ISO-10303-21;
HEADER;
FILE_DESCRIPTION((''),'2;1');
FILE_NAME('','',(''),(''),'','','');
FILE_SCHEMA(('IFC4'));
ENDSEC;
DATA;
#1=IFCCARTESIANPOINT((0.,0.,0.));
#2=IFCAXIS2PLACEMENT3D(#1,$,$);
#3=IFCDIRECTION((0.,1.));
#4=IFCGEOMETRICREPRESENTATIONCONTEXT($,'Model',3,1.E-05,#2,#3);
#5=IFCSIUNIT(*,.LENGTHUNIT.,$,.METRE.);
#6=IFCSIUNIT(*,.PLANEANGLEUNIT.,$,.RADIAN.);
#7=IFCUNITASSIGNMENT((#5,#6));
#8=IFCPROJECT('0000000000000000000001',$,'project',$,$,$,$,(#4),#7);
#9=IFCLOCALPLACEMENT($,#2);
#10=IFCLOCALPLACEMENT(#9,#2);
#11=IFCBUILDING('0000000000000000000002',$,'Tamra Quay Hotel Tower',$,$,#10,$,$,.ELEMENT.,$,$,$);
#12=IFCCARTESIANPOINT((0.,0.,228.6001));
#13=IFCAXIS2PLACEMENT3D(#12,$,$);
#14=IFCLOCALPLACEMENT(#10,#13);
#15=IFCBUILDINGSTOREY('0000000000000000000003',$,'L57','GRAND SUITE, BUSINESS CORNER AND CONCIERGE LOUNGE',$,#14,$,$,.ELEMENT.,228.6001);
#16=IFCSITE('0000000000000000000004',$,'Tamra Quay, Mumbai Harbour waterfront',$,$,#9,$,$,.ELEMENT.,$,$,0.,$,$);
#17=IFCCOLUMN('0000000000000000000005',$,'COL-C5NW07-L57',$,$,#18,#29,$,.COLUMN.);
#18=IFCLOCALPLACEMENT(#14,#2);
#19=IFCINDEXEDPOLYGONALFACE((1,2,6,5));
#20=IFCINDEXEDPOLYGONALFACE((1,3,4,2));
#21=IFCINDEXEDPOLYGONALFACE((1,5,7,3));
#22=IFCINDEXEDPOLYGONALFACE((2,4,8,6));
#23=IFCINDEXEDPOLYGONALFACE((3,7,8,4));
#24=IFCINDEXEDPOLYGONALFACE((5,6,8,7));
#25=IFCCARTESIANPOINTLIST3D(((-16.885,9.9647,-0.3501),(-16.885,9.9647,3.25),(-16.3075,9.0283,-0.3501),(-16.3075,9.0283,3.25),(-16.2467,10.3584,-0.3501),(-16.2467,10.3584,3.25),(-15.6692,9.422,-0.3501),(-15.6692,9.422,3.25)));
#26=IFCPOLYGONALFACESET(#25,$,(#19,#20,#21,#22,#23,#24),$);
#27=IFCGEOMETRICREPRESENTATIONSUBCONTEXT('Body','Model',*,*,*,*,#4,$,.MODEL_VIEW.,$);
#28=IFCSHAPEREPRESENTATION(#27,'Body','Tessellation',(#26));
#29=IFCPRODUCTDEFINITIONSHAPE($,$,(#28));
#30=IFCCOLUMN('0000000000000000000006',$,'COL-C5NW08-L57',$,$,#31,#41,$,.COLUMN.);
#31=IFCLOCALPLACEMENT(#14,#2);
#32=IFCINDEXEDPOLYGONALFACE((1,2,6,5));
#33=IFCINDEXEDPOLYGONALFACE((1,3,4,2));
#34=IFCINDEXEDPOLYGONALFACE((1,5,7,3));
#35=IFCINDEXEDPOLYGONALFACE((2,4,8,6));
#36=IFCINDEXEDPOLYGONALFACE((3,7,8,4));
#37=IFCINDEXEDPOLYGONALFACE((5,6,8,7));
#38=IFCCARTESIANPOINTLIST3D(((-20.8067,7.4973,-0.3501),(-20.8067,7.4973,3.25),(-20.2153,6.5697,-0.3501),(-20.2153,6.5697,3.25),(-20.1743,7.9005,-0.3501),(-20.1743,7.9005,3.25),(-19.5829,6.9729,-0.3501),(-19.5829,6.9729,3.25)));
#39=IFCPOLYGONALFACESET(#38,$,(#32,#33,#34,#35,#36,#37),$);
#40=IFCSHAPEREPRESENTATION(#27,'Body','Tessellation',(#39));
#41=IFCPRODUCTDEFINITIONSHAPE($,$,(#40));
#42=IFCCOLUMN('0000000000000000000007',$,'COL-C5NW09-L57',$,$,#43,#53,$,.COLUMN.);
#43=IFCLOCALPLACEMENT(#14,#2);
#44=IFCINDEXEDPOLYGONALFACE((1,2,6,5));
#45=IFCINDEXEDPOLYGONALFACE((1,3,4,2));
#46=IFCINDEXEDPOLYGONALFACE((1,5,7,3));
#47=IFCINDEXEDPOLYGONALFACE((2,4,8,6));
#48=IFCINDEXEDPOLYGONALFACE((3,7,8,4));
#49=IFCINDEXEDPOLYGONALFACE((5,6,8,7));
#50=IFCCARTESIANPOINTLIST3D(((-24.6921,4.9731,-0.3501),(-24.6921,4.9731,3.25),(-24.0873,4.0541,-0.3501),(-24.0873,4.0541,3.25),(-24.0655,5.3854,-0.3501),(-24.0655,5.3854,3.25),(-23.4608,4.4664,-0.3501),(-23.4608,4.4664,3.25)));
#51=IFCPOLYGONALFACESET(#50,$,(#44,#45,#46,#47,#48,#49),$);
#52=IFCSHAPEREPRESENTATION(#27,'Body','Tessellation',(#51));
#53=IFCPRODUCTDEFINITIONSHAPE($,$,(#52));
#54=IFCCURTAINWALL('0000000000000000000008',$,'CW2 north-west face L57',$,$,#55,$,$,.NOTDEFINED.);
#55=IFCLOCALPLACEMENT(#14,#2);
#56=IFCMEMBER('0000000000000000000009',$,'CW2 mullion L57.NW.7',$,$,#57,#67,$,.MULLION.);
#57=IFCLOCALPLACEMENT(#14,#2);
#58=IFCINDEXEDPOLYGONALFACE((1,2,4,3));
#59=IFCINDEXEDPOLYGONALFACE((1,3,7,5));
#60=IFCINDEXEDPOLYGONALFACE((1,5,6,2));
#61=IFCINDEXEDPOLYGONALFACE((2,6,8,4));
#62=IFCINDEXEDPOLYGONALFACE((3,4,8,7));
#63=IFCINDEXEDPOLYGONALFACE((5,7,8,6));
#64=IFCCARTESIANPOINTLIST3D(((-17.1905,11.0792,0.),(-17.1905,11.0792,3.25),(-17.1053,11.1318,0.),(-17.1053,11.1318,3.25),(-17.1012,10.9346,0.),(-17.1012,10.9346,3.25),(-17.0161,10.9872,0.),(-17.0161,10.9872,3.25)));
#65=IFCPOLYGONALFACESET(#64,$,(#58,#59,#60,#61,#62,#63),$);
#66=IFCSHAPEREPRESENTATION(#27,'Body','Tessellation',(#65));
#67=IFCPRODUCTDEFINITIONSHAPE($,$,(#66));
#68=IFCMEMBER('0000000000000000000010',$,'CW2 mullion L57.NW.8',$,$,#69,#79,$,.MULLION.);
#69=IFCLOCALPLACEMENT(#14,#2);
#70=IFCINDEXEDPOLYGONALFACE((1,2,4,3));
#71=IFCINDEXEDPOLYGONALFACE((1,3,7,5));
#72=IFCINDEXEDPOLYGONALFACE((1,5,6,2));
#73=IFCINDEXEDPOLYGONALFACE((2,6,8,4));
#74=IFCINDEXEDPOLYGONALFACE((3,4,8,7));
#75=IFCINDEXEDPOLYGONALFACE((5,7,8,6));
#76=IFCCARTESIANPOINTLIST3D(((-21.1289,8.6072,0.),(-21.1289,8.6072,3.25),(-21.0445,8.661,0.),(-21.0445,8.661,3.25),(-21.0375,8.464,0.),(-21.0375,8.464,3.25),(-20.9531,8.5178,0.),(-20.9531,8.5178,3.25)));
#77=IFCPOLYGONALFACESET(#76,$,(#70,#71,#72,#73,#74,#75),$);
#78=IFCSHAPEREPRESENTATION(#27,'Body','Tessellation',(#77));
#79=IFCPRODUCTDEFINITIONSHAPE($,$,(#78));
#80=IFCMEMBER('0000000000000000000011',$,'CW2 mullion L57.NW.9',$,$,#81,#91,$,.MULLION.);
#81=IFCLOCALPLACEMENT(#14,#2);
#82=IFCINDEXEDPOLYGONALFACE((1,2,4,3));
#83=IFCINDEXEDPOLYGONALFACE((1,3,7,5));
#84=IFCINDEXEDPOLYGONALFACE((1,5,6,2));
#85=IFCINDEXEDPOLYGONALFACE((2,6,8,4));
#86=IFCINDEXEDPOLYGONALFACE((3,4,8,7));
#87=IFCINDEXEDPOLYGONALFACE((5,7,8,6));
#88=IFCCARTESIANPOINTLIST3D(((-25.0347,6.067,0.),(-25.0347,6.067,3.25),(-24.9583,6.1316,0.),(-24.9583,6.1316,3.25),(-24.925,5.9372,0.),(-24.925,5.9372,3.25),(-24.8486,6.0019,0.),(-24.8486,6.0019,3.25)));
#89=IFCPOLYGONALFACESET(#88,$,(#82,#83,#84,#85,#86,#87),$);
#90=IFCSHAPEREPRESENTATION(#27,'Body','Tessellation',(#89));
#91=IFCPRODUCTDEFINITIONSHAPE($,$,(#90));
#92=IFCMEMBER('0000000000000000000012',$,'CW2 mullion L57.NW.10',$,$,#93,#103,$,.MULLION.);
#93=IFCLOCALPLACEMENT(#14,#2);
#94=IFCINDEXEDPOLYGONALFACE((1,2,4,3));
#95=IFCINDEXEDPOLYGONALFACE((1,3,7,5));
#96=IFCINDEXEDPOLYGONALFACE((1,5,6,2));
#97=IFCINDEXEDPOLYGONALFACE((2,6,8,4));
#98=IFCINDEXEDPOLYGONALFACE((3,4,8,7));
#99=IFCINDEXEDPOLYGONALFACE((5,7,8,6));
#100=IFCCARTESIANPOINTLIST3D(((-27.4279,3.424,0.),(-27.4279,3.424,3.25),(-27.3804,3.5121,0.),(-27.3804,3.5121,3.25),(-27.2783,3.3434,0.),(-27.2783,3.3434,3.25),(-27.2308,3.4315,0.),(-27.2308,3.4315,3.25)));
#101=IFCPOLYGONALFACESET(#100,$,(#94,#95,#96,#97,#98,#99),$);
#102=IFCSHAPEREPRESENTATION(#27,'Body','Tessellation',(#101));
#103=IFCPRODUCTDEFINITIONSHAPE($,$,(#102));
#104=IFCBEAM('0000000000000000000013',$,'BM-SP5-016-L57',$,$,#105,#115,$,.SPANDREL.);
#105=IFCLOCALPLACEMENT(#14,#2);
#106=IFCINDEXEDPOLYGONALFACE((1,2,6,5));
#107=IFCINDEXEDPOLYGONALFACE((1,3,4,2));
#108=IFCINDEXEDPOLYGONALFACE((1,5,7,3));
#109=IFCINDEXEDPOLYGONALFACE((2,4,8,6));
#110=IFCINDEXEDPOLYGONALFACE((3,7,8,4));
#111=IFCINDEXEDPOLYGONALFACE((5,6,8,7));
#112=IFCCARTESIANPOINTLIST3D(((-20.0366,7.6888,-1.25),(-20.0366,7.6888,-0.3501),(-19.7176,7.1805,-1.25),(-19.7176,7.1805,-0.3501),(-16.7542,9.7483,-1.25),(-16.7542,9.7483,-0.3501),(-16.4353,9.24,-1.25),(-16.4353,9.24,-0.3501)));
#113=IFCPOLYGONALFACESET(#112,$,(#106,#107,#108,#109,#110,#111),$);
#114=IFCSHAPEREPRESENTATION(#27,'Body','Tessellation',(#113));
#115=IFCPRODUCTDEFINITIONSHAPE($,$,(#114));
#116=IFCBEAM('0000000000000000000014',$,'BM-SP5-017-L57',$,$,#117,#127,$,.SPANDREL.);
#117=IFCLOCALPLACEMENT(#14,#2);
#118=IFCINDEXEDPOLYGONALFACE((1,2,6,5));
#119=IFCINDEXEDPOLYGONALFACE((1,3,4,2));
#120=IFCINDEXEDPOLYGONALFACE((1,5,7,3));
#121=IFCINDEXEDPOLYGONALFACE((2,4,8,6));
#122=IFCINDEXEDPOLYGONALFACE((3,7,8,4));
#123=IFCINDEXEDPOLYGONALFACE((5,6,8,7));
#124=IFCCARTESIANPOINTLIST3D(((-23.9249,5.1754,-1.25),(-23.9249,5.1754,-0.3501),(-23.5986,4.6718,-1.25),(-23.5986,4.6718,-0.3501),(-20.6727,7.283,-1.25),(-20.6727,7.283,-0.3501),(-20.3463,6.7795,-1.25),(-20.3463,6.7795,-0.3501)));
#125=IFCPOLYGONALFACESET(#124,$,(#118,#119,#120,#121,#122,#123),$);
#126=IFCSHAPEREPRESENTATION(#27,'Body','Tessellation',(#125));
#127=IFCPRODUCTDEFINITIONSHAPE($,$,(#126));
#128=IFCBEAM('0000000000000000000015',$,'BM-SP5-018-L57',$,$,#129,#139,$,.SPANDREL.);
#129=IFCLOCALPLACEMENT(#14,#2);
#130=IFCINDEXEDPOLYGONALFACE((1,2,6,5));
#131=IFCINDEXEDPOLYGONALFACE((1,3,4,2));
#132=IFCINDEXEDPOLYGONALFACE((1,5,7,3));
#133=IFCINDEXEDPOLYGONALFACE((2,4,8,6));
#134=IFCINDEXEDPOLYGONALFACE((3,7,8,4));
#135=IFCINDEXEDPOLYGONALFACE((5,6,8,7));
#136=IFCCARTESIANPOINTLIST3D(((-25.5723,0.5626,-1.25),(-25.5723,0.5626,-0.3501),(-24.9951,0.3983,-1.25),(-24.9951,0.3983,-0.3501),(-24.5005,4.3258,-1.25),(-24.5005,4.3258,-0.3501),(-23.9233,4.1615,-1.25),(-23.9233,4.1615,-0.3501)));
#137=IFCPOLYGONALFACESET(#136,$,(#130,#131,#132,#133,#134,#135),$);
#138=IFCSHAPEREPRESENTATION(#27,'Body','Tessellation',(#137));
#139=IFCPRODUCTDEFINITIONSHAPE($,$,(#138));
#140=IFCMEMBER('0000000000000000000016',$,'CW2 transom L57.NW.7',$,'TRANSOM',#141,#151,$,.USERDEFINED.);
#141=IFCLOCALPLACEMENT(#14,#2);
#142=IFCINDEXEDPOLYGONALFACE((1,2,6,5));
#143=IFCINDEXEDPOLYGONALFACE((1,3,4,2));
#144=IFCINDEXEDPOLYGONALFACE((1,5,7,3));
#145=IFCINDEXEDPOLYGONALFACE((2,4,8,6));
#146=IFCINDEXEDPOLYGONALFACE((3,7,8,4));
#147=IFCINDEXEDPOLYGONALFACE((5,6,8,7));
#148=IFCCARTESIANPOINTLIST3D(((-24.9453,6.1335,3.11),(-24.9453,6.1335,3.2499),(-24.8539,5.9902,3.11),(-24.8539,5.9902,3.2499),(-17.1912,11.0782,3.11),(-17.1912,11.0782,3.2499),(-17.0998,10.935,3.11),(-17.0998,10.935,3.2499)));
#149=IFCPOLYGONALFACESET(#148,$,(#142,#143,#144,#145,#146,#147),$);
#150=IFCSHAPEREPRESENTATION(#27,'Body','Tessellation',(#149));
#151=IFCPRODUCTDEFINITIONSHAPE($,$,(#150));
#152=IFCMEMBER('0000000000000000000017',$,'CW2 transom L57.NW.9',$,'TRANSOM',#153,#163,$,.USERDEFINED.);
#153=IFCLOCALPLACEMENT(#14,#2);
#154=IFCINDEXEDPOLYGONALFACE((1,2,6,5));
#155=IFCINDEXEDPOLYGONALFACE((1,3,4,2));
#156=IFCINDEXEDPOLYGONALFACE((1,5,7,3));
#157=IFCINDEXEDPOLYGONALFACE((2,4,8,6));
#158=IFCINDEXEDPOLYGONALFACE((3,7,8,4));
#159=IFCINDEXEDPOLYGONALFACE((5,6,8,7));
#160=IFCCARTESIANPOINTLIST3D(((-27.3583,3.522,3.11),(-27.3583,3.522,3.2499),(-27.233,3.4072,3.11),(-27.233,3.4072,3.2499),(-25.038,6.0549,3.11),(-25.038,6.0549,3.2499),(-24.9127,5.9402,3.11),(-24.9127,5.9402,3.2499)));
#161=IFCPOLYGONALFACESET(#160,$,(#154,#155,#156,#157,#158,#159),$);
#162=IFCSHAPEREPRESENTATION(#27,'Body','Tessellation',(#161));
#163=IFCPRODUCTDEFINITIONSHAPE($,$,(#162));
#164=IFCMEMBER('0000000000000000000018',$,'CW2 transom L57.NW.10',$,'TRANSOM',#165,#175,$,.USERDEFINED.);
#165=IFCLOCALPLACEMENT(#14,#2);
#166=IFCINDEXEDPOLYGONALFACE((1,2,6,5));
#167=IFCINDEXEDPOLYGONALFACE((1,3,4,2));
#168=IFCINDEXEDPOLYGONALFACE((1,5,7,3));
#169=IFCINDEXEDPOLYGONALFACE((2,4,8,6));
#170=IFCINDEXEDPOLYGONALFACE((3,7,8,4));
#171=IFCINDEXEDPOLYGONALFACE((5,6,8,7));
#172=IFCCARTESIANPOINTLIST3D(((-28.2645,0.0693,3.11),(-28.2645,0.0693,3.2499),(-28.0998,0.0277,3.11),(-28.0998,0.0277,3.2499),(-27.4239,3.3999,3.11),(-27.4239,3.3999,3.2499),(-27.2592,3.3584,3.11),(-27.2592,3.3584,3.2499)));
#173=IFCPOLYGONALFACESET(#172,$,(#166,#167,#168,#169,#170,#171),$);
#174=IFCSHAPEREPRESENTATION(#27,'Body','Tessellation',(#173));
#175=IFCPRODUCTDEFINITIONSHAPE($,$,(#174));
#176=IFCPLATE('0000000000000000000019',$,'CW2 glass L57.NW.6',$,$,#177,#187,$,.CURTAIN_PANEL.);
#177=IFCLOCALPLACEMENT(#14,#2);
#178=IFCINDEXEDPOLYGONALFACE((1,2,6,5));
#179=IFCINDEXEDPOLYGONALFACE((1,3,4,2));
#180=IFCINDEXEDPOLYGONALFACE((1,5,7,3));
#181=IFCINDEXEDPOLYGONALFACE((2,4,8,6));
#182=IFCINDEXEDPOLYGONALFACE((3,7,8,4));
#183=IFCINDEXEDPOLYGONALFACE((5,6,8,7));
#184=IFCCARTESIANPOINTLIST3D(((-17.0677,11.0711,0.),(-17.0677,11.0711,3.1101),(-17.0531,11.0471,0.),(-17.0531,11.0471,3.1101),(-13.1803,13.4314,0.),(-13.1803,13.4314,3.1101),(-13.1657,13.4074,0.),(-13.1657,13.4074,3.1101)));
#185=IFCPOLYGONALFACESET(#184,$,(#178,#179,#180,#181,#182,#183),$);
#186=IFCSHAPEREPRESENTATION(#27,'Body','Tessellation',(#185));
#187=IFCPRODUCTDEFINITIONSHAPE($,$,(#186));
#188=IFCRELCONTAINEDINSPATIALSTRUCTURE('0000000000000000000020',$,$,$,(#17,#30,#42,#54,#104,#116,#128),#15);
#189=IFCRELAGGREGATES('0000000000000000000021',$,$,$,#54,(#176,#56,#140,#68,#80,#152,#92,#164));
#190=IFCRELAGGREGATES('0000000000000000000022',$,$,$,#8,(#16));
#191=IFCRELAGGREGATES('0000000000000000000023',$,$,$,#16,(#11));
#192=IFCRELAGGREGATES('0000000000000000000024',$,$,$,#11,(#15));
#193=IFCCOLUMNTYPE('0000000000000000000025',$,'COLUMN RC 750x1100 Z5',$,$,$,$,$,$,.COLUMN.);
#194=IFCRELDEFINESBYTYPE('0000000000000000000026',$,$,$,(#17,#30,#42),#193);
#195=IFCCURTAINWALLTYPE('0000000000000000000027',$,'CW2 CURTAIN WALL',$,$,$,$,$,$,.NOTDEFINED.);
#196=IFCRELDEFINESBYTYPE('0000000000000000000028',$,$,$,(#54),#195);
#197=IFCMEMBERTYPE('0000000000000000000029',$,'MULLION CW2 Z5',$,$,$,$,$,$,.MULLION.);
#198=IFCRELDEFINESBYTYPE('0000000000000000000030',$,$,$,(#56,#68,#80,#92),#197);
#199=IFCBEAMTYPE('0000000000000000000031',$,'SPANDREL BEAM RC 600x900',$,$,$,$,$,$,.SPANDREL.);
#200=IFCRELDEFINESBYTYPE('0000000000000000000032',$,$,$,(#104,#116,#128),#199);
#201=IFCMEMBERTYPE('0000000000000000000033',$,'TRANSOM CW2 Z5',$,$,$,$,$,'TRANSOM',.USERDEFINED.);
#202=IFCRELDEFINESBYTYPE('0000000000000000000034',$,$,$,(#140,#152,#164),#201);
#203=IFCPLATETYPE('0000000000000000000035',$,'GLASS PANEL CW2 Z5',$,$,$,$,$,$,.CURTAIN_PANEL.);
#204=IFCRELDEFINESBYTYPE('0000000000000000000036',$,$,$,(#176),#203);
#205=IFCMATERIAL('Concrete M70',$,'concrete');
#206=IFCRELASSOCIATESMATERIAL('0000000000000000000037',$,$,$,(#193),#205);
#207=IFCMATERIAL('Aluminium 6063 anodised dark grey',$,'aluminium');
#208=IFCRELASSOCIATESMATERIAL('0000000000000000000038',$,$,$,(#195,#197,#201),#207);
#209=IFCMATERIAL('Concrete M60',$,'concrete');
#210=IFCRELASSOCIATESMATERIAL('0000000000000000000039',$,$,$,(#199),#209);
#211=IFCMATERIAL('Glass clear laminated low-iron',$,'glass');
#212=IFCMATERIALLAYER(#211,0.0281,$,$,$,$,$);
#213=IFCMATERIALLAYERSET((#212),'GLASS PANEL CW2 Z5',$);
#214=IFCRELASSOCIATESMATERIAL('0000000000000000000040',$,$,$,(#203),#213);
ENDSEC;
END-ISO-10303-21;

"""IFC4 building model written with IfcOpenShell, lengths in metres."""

from ifc_helpers import new_model, si_unit, direction, frame, origin, origin_2d, place, context, subcontext, project, spatial, rectangle, extrude, material, layer, layer_set, material_profile, profile_set, type_object, element, aggregate, save


model = new_model("IFC4")

# Units and contexts
model_context = context("Model", 3, precision=1e-05, world=origin(), true_north=direction((0.0, 1.0)))
body_context = subcontext(model_context, "Body", "Model", "MODEL_VIEW")
ifc_project = project(units=[si_unit("LENGTHUNIT", "METRE"), si_unit("PLANEANGLEUNIT", "RADIAN")], contexts=[model_context])

# Site, building, storey
site_placement = place(None, origin())
site = spatial("IfcSite", under=ifc_project, at=site_placement, Name="Tamra Quay, Mumbai Harbour waterfront", CompositionType="ELEMENT", RefElevation=0.0)
building_placement = place(site_placement, origin())
building = spatial("IfcBuilding", under=site, at=building_placement, Name="Tamra Quay Hotel Tower", CompositionType="ELEMENT")
storey_placement = place(building_placement, frame((0.0, 0.0, 228.6001)))
storey = spatial("IfcBuildingStorey", under=building, at=storey_placement, Name="L57", Description="GRAND SUITE, BUSINESS CORNER AND CONCIERGE LOUNGE", CompositionType="ELEMENT", Elevation=228.6001)

# Columns
ifc_material_1 = material(Name="Concrete M70", Category="concrete")
ifc_material_profile_1 = material_profile(ifc_material_1, rectangle(XDim=1.1001, YDim=0.75, at=origin_2d()), Name="COLUMN RC 750x1100 Z5")
ifc_profile_set_1 = profile_set([ifc_material_profile_1], Name="Concrete M70")
column_type = type_object("IfcColumnType", Name="COLUMN RC 750x1100 Z5", PredefinedType="COLUMN", material=ifc_profile_set_1)
for number, where, z_axis, x_axis, name in (
    (1, (-16.2771, 9.6934, -0.3501), (0.0, 0.0, 1.0), (-0.524928, 0.851147, 0.0), "COL-C5NW07-L57"),
    (2, (-20.1948, 7.2351, -0.3501), (0.0, 0.0, 1.0), (-0.537585, 0.843209, 0.0), "COL-C5NW08-L57"),
    (3, (-24.0764, 4.7197, -0.3501), (0.0, 0.0, 1.0), (-0.549739, 0.835337, 0.0), "COL-C5NW09-L57"),
):
    element("IfcColumn", number, at=place(storey_placement, frame(where, z_axis=z_axis, x_axis=x_axis)), inside=storey, type_object=column_type, Name=name, PredefinedType="COLUMN", context=body_context, shape_type="SweptSolid", body=[
        extrude(rectangle(XDim=1.1001, YDim=0.75, at=origin_2d()), origin(), (0.0, 0.0, 1.0), 3.6001),
    ])

# Curtain wall, members
ifc_material_2 = material(Name="Aluminium 6063 anodised dark grey", Category="aluminium")
curtain_wall_type = type_object("IfcCurtainWallType", Name="CW2 CURTAIN WALL", PredefinedType="NOTDEFINED", material=ifc_material_2)
curtain_wall_placement = place(storey_placement, origin())
curtain_wall = element("IfcCurtainWall", 4, at=curtain_wall_placement, inside=storey, type_object=curtain_wall_type, Name="CW2 north-west face L57", PredefinedType="NOTDEFINED")
ifc_material_profile_2 = material_profile(ifc_material_2, rectangle(XDim=0.1699, YDim=0.1001, at=origin_2d()), Name="MULLION 100X170")
ifc_profile_set_2 = profile_set([ifc_material_profile_2], Name="Aluminium 6063 anodised dark grey")
member_type_1 = type_object("IfcMemberType", Name="MULLION CW2 Z5", PredefinedType="MULLION", material=ifc_profile_set_2)
member_1_placement = place(storey_placement, frame((-17.1033, 11.0332, 0.0), z_axis=(0.0, 0.0, 1.0), x_axis=(-0.525249, 0.850949, 0.0)))
member_1 = element("IfcMember", 5, at=member_1_placement, type_object=member_type_1, Name="CW2 mullion L57.NW.7", PredefinedType="MULLION", context=body_context, shape_type="SweptSolid", body=[
    extrude(rectangle(XDim=0.1699, YDim=0.1001, at=origin_2d()), origin(), (0.0, 0.0, 1.0), 3.25),
])
member_2_placement = place(storey_placement, frame((-21.041, 8.5625, 0.0), z_axis=(0.0, 0.0, 1.0), x_axis=(-0.537684, 0.843146, 0.0)))
member_2 = element("IfcMember", 6, at=member_2_placement, type_object=member_type_1, Name="CW2 mullion L57.NW.8", PredefinedType="MULLION", context=body_context, shape_type="SweptSolid", body=[
    extrude(rectangle(XDim=0.1699, YDim=0.1001, at=origin_2d()), origin(), (0.0, 0.0, 1.0), 3.25),
])
member_3_placement = place(storey_placement, frame((-24.9417, 6.0344, 0.0), z_axis=(0.0, 0.0, 1.0), x_axis=(-0.645846, 0.763467, 0.0)))
member_3 = element("IfcMember", 7, at=member_3_placement, type_object=member_type_1, Name="CW2 mullion L57.NW.9", PredefinedType="MULLION", context=body_context, shape_type="SweptSolid", body=[
    extrude(rectangle(XDim=0.1699, YDim=0.1001, at=origin_2d()), origin(), (0.0, 0.0, 1.0), 3.25),
])
member_4_placement = place(storey_placement, frame((-27.3293, 3.4277, 0.0), z_axis=(0.0, 0.0, 1.0), x_axis=(-0.880267, 0.474479, 0.0)))
member_4 = element("IfcMember", 8, at=member_4_placement, type_object=member_type_1, Name="CW2 mullion L57.NW.10", PredefinedType="MULLION", context=body_context, shape_type="SweptSolid", body=[
    extrude(rectangle(XDim=0.1699, YDim=0.1001, at=origin_2d()), origin(), (0.0, 0.0, 1.0), 3.25),
])

# Beams
ifc_material_3 = material(Name="Concrete M60", Category="concrete")
ifc_material_profile_3 = material_profile(ifc_material_3, rectangle(XDim=0.6001, YDim=0.8999, at=origin_2d()), Name="SPANDREL BEAM RC 600x900")
ifc_profile_set_3 = profile_set([ifc_material_profile_3], Name="Concrete M60")
beam_type = type_object("IfcBeamType", Name="SPANDREL BEAM RC 600x900", PredefinedType="SPANDREL", material=ifc_profile_set_3)
beam_1_placement = place(storey_placement, frame((-16.5947, 9.4941, -0.8), z_axis=(-0.847066, -0.531488, 0.0), x_axis=(0.531488, -0.847066, 0.0)))
element("IfcBeam", 9, at=beam_1_placement, inside=storey, type_object=beam_type, Name="BM-SP5-016-L57", PredefinedType="SPANDREL", context=body_context, shape_type="SweptSolid", body=[
    extrude(rectangle(XDim=0.6001, YDim=0.8999, at=origin_2d()), origin(), (0.0, 0.0, 1.0), 3.875),
])
beam_2_placement = place(storey_placement, frame((-20.5095, 7.0312, -0.8), z_axis=(-0.839181, -0.543852, 0.0), x_axis=(0.543852, -0.839181, 0.0)))
element("IfcBeam", 10, at=beam_2_placement, inside=storey, type_object=beam_type, Name="BM-SP5-017-L57", PredefinedType="SPANDREL", context=body_context, shape_type="SweptSolid", body=[
    extrude(rectangle(XDim=0.6001, YDim=0.8999, at=origin_2d()), origin(), (0.0, 0.0, 1.0), 3.8755),
])
beam_3_placement = place(storey_placement, frame((-24.2119, 4.2437, -0.8), z_axis=(-0.273913, -0.961754, 0.0), x_axis=(0.961754, -0.273913, 0.0)))
element("IfcBeam", 11, at=beam_3_placement, inside=storey, type_object=beam_type, Name="BM-SP5-018-L57", PredefinedType="SPANDREL", context=body_context, shape_type="SweptSolid", body=[
    extrude(rectangle(XDim=0.6001, YDim=0.8999, at=origin_2d()), origin(), (0.0, 0.0, 1.0), 3.9128),
])

# Members
ifc_material_profile_4 = material_profile(ifc_material_2, rectangle(XDim=0.1699, YDim=0.1399, at=origin_2d()), Name="TRANSOM 170X140")
ifc_profile_set_4 = profile_set([ifc_material_profile_4], Name="Aluminium 6063 anodised dark grey")
member_type_2 = type_object("IfcMemberType", Name="TRANSOM CW2 Z5", ElementType="TRANSOM", PredefinedType="USERDEFINED", material=ifc_profile_set_4)
member_5_placement = place(storey_placement, frame((-17.1455, 11.0066, 3.1799), z_axis=(-0.843151, -0.537677, 0.0), x_axis=(0.537677, -0.843151, 0.0)))
member_5 = element("IfcMember", 12, at=member_5_placement, type_object=member_type_2, Name="CW2 transom L57.NW.7", ObjectType="TRANSOM", PredefinedType="USERDEFINED", context=body_context, shape_type="SweptSolid", body=[
    extrude(rectangle(XDim=0.1699, YDim=0.1399, at=origin_2d()), origin(), (0.0, 0.0, 1.0), 9.1965),
])
member_6_placement = place(storey_placement, frame((-24.9753, 5.9976, 3.1799), z_axis=(-0.675477, -0.737381, 0.0), x_axis=(0.737381, -0.675477, 0.0)))
member_6 = element("IfcMember", 13, at=member_6_placement, type_object=member_type_2, Name="CW2 transom L57.NW.9", ObjectType="TRANSOM", PredefinedType="USERDEFINED", context=body_context, shape_type="SweptSolid", body=[
    extrude(rectangle(XDim=0.1699, YDim=0.1399, at=origin_2d()), origin(), (0.0, 0.0, 1.0), 3.4351),
])
member_7_placement = place(storey_placement, frame((-27.3416, 3.3792, 3.1799), z_axis=(-0.244709, -0.969597, 0.0), x_axis=(0.969597, -0.244709, 0.0)))
member_7 = element("IfcMember", 14, at=member_7_placement, type_object=member_type_2, Name="CW2 transom L57.NW.10", ObjectType="TRANSOM", PredefinedType="USERDEFINED", context=body_context, shape_type="SweptSolid", body=[
    extrude(rectangle(XDim=0.1699, YDim=0.1399, at=origin_2d()), origin(), (0.0, 0.0, 1.0), 3.4351),
])

# Plate
ifc_material_4 = material(Name="Glass clear laminated low-iron", Category="glass")
ifc_layer_1 = layer(ifc_material_4, 0.0281)
ifc_layer_set_1 = layer_set([ifc_layer_1], Name="GLASS PANEL CW2 Z5")
plate_type = type_object("IfcPlateType", Name="GLASS PANEL CW2 Z5", PredefinedType="CURTAIN_PANEL", material=ifc_layer_set_1)
plate_1_placement = place(storey_placement, frame((-15.1167, 12.2393, 0.0), z_axis=(0.0, 0.0, 1.0), x_axis=(-0.854783, -0.518985, 0.0)))
plate_1 = element("IfcPlate", 15, at=plate_1_placement, type_object=plate_type, Name="CW2 glass L57.NW.6", PredefinedType="CURTAIN_PANEL", context=body_context, shape_type="SweptSolid", body=[
    extrude(rectangle(XDim=4.5479, YDim=0.0281, at=origin_2d()), origin(), (0.0, 0.0, 1.0), 3.1101),
])
aggregate(curtain_wall, [plate_1, member_1, member_5, member_2, member_3, member_6, member_4, member_7])

save(model, "model.ifc")
